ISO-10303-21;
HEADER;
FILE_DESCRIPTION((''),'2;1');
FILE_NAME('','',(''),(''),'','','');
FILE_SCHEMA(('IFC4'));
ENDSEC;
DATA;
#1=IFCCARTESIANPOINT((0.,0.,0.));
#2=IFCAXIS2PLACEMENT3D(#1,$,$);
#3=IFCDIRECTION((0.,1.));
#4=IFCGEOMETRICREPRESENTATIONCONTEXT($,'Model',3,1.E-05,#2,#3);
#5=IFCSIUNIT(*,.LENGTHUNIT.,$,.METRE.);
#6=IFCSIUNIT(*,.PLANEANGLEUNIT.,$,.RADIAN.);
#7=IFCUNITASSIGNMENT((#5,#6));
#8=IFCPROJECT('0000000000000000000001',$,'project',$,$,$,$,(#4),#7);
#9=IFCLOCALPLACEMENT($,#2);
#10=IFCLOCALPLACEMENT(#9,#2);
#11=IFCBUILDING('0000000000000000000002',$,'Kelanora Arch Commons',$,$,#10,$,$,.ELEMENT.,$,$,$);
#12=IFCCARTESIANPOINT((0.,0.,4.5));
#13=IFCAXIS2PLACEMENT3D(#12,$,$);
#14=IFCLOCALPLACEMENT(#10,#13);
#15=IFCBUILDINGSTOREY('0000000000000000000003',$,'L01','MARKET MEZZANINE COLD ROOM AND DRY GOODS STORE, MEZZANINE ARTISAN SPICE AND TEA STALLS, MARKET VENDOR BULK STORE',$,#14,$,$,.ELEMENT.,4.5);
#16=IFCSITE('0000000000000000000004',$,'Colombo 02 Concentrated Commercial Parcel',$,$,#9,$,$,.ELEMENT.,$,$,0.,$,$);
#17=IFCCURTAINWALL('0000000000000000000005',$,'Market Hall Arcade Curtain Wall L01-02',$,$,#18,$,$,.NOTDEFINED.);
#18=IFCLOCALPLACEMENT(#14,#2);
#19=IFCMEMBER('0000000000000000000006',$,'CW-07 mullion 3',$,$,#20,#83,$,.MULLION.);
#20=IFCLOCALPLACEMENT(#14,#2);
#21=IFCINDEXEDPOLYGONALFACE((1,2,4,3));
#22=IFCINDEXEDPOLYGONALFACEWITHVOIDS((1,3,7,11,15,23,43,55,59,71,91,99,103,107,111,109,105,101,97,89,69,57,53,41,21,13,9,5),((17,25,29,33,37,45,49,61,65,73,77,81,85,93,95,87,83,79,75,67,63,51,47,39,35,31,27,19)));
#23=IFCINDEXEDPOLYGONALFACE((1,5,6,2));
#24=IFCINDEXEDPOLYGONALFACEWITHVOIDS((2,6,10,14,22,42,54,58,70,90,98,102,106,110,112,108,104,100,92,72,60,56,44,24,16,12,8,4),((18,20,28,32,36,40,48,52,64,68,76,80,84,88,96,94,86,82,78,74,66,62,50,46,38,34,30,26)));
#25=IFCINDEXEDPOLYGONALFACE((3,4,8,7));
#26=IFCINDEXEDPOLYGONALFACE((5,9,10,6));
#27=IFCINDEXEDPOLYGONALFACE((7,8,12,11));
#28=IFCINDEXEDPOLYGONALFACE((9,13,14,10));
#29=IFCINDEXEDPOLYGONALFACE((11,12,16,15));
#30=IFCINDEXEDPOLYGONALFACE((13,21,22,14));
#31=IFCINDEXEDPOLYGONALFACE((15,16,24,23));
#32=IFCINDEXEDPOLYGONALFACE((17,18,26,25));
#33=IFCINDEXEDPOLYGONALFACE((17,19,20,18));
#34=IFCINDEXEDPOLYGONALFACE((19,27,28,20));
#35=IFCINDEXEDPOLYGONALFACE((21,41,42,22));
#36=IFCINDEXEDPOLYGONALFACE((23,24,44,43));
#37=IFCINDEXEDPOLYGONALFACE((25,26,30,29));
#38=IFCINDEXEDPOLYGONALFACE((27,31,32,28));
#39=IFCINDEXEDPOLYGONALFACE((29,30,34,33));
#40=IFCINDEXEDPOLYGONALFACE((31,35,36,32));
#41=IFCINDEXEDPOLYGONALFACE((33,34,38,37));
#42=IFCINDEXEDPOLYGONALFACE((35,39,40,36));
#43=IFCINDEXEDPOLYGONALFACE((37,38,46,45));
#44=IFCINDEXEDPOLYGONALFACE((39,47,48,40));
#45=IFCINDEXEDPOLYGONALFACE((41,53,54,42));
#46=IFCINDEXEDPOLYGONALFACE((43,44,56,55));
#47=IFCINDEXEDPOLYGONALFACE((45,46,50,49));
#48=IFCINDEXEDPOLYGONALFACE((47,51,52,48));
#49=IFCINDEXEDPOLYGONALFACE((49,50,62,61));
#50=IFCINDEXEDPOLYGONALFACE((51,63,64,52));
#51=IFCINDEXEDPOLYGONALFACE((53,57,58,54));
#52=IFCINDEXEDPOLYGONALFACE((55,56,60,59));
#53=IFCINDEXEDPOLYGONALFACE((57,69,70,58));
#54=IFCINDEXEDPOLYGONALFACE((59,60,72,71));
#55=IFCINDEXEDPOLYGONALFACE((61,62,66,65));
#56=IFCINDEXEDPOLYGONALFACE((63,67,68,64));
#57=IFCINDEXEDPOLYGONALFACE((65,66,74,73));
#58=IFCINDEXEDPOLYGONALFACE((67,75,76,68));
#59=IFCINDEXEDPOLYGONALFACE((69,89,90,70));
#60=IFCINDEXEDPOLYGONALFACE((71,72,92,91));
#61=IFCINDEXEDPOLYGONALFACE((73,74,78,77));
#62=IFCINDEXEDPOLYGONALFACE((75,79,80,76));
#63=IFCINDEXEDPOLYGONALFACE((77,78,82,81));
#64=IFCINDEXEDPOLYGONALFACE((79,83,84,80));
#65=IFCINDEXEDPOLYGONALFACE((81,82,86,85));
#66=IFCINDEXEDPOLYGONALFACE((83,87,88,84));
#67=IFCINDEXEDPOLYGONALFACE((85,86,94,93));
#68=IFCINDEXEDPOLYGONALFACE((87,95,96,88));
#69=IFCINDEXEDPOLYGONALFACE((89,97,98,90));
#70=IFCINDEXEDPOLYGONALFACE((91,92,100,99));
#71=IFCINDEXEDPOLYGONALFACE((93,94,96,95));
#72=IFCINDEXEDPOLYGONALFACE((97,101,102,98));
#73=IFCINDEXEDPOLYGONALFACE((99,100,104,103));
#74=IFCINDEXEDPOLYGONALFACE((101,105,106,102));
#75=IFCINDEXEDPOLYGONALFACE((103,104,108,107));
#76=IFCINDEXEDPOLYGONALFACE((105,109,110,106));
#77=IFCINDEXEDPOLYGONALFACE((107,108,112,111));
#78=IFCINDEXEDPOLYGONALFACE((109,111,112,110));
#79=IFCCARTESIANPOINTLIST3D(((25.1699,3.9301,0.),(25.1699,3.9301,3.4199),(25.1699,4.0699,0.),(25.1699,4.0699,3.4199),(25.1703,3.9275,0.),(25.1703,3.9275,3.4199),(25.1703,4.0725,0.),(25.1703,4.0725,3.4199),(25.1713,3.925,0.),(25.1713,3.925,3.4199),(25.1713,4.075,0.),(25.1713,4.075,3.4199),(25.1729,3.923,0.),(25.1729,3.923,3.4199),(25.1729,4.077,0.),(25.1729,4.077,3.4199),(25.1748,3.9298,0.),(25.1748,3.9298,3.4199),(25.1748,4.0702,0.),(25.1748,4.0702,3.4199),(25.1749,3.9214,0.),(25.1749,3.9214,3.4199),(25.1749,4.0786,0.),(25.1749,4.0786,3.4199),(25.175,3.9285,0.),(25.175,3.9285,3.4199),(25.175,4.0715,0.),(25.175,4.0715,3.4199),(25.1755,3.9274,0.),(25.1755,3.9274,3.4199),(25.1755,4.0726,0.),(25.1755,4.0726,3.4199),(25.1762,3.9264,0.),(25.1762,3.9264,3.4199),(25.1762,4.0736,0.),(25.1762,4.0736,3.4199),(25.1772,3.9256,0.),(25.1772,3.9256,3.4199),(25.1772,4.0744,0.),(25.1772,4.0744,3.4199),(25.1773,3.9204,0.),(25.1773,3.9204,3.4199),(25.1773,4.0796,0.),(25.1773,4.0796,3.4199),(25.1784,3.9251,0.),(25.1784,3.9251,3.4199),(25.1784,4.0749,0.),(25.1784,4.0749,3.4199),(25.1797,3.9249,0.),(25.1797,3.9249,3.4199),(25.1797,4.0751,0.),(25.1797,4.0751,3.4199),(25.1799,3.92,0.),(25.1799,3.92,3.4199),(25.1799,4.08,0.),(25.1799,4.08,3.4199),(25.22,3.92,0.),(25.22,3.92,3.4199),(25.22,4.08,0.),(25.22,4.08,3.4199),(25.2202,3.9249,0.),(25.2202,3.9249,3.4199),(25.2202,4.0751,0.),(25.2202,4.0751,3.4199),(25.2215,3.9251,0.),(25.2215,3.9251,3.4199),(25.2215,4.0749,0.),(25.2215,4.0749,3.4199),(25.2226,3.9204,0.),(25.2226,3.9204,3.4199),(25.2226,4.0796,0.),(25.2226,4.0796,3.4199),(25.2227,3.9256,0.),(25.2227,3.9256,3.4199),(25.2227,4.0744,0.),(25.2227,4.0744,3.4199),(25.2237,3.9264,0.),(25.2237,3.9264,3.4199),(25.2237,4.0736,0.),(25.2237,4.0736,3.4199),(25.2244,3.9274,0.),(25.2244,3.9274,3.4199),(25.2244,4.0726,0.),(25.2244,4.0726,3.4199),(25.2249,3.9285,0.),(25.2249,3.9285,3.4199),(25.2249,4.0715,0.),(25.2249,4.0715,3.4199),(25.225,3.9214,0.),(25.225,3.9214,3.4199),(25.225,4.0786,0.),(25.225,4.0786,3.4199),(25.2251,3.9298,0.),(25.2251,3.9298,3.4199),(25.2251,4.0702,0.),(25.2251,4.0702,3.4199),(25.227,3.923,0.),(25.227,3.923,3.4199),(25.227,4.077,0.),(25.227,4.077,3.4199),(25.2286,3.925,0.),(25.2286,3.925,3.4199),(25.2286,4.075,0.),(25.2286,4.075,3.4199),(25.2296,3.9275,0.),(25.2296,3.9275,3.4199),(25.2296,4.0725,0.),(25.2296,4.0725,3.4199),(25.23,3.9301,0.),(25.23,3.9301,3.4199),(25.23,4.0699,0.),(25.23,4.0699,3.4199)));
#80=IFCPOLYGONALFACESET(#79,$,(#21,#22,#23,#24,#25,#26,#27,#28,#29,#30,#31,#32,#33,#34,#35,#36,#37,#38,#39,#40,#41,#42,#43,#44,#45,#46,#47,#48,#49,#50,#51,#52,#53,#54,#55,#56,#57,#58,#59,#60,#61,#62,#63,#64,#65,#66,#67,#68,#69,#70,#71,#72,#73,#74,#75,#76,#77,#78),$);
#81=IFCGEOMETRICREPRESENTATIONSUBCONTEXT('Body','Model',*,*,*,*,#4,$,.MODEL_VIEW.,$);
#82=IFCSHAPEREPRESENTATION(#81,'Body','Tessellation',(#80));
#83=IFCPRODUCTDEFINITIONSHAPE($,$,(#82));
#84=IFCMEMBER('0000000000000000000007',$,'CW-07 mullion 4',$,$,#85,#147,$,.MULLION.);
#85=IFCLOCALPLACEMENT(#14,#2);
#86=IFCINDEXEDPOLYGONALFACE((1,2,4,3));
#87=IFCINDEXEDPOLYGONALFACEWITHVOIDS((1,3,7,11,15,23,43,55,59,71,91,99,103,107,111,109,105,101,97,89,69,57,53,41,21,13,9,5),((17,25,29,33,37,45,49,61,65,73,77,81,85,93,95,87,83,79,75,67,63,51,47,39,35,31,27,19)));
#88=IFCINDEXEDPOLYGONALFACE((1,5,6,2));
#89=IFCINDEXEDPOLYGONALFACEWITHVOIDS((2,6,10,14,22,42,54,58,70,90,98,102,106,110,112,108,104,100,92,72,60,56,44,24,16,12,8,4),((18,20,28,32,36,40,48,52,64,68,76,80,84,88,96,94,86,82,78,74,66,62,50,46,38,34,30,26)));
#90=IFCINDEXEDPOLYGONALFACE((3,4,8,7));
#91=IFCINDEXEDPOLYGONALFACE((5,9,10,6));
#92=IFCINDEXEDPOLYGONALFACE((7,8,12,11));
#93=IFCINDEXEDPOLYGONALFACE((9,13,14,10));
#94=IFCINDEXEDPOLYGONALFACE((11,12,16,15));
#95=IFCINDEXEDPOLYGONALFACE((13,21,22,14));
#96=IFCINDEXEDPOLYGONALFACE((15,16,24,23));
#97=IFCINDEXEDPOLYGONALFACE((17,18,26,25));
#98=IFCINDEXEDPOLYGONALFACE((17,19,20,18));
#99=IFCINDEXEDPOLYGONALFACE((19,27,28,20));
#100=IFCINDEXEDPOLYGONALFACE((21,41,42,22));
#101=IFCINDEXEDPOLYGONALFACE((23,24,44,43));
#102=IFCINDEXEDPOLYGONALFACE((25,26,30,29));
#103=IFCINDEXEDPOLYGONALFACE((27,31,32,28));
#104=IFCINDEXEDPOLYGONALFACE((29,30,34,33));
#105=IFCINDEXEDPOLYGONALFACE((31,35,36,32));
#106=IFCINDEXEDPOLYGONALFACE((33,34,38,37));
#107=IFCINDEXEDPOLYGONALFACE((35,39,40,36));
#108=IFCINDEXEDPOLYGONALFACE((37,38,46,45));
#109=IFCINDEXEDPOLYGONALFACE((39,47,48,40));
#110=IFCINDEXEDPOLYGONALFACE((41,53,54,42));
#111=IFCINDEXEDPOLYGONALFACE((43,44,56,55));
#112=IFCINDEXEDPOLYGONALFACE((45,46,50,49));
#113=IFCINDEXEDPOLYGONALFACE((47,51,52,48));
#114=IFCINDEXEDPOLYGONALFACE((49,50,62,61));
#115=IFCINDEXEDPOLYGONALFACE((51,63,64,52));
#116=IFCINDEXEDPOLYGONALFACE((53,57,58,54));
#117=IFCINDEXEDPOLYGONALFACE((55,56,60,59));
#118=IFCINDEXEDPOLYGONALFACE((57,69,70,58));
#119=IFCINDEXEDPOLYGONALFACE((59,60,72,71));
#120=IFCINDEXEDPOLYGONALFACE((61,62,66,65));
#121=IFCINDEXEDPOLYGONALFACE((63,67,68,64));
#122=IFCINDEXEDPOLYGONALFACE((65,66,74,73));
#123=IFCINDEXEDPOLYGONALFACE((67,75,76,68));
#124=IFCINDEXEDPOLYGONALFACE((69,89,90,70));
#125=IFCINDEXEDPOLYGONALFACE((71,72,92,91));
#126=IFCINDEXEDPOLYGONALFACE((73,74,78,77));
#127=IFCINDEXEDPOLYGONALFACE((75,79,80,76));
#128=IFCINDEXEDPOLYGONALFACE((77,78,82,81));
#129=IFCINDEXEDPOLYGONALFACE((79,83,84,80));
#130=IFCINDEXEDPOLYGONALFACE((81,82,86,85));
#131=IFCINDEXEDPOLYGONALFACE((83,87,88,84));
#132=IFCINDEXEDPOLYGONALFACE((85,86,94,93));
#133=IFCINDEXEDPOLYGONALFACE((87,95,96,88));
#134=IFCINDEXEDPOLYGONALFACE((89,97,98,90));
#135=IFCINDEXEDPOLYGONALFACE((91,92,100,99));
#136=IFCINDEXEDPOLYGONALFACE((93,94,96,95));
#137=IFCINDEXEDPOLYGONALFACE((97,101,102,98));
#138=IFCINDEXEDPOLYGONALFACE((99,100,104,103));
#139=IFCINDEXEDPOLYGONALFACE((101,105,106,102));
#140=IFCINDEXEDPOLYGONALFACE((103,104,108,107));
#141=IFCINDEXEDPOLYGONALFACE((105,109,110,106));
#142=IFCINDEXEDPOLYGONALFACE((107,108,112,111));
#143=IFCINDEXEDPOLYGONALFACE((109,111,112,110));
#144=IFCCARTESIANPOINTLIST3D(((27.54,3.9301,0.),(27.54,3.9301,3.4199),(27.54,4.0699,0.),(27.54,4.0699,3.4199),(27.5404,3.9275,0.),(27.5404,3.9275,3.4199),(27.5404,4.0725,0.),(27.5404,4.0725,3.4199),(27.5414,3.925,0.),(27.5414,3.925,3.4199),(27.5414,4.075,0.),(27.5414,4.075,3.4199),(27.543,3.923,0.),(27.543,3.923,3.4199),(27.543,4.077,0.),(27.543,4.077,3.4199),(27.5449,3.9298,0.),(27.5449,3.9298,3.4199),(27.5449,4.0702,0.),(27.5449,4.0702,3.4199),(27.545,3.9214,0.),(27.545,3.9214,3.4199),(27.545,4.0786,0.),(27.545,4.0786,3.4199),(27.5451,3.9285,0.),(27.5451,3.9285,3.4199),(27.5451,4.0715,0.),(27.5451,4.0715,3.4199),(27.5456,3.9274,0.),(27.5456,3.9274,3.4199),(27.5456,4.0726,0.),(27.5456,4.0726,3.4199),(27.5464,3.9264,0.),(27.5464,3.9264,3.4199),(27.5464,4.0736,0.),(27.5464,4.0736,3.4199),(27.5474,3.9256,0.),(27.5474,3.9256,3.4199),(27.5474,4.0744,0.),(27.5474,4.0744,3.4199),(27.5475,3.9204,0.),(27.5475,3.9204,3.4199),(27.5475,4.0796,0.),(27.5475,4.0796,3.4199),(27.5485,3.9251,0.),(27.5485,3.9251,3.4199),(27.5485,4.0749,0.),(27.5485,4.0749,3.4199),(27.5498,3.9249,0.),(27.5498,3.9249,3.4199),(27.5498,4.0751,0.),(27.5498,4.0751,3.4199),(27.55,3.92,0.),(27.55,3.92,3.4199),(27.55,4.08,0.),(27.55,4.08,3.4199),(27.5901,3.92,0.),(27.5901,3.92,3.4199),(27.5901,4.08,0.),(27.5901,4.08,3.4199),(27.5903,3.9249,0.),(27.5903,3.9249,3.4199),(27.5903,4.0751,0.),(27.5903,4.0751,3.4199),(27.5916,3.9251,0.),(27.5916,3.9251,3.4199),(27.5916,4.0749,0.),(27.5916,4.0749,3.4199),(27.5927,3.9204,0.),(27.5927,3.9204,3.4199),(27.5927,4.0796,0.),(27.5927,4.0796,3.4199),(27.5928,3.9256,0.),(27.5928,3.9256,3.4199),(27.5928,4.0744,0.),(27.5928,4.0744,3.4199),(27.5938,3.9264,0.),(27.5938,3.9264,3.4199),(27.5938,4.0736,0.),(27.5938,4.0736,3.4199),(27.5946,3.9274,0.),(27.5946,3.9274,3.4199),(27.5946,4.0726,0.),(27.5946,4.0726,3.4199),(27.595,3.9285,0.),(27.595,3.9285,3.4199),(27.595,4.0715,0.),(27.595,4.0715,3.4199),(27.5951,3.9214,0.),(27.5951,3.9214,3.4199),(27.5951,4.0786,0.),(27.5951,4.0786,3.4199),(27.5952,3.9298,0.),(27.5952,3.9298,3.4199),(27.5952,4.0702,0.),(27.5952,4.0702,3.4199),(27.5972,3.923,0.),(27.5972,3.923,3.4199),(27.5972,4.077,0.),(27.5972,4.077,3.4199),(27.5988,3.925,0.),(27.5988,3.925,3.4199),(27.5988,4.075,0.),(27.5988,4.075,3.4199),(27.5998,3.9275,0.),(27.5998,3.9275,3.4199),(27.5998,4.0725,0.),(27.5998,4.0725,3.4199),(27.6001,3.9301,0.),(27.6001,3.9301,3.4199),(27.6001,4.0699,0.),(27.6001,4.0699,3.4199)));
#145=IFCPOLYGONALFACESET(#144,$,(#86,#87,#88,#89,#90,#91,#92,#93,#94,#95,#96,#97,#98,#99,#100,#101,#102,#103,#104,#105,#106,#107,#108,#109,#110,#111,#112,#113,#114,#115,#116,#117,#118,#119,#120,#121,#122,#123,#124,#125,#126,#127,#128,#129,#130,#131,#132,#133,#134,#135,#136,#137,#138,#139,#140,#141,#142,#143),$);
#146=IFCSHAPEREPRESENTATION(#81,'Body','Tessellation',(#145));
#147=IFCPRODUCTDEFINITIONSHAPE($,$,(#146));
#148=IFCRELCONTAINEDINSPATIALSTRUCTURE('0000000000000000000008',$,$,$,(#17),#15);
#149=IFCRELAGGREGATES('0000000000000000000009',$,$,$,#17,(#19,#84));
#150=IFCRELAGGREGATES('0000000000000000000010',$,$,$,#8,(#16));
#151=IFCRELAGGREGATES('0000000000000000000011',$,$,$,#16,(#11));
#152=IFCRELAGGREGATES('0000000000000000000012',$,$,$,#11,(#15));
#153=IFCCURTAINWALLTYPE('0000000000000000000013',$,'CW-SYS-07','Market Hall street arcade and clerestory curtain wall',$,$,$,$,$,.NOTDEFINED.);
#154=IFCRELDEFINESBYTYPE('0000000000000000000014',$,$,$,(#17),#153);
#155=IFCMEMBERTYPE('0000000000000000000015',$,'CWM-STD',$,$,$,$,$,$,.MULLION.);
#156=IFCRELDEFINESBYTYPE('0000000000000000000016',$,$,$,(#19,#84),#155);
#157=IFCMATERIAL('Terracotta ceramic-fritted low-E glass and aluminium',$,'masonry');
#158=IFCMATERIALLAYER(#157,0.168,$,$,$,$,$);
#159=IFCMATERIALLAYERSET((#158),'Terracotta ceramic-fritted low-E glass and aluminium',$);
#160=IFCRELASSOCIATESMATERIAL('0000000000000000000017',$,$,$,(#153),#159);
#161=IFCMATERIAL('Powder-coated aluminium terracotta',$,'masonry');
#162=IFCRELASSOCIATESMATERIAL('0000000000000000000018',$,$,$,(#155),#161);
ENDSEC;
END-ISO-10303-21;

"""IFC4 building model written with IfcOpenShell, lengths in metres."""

from ifc_helpers import new_model, si_unit, direction, frame, origin, origin_2d, place, context, subcontext, project, spatial, hollow_rectangle, extrude, material, layer, layer_set, material_profile, profile_set, type_object, element, aggregate, save


model = new_model("IFC4")

# Units and contexts
model_context = context("Model", 3, precision=1e-05, world=origin(), true_north=direction((0.0, 1.0)))
body_context = subcontext(model_context, "Body", "Model", "MODEL_VIEW")
ifc_project = project(units=[si_unit("LENGTHUNIT", "METRE"), si_unit("PLANEANGLEUNIT", "RADIAN")], contexts=[model_context])

# Site, building, storey
site_placement = place(None, origin())
site = spatial("IfcSite", under=ifc_project, at=site_placement, Name="Colombo 02 Concentrated Commercial Parcel", CompositionType="ELEMENT", RefElevation=0.0)
building_placement = place(site_placement, origin())
building = spatial("IfcBuilding", under=site, at=building_placement, Name="Kelanora Arch Commons", CompositionType="ELEMENT")
storey_placement = place(building_placement, frame((0.0, 0.0, 4.5)))
storey = spatial("IfcBuildingStorey", under=building, at=storey_placement, Name="L01", Description="MARKET MEZZANINE COLD ROOM AND DRY GOODS STORE, MEZZANINE ARTISAN SPICE AND TEA STALLS, MARKET VENDOR BULK STORE", CompositionType="ELEMENT", Elevation=4.5)

# Curtain wall, members
ifc_material_1 = material(Name="Terracotta ceramic-fritted low-E glass and aluminium", Category="masonry")
ifc_layer_1 = layer(ifc_material_1, 0.168)
ifc_layer_set_1 = layer_set([ifc_layer_1], Name="Terracotta ceramic-fritted low-E glass and aluminium")
curtain_wall_type = type_object("IfcCurtainWallType", Name="CW-SYS-07", Description="Market Hall street arcade and clerestory curtain wall", PredefinedType="NOTDEFINED", material=ifc_layer_set_1)
curtain_wall_placement = place(storey_placement, origin())
curtain_wall = element("IfcCurtainWall", 1, at=curtain_wall_placement, inside=storey, type_object=curtain_wall_type, Name="Market Hall Arcade Curtain Wall L01-02", PredefinedType="NOTDEFINED")
ifc_material_2 = material(Name="Powder-coated aluminium terracotta", Category="masonry")
ifc_material_profile_1 = material_profile(ifc_material_2, hollow_rectangle(XDim=0.1599, YDim=0.0601, WallThickness=0.0049, InnerFilletRadius=0.0049, OuterFilletRadius=0.01, at=origin_2d()), Name="CWM160x60")
ifc_profile_set_1 = profile_set([ifc_material_profile_1], Name="Powder-coated aluminium terracotta")
member_type_1 = type_object("IfcMemberType", Name="CWM-STD", PredefinedType="MULLION", material=ifc_profile_set_1)
member_1_placement = place(storey_placement, frame((25.2, 4.0, 0.0), z_axis=(0.0, 0.0, 1.0), x_axis=(0.0, 1.0, 0.0)))
member_1 = element("IfcMember", 2, at=member_1_placement, type_object=member_type_1, Name="CW-07 mullion 3", PredefinedType="MULLION", context=body_context, shape_type="SweptSolid", body=[
    extrude(hollow_rectangle(XDim=0.1599, YDim=0.0601, WallThickness=0.0049, InnerFilletRadius=0.0049, OuterFilletRadius=0.01, at=origin_2d()), origin(), (0.0, 0.0, 1.0), 3.4199),
])
member_2_placement = place(storey_placement, frame((27.5701, 4.0, 0.0), z_axis=(0.0, 0.0, 1.0), x_axis=(0.0, 1.0, 0.0)))
member_2 = element("IfcMember", 3, at=member_2_placement, type_object=member_type_1, Name="CW-07 mullion 4", PredefinedType="MULLION", context=body_context, shape_type="SweptSolid", body=[
    extrude(hollow_rectangle(XDim=0.1599, YDim=0.0601, WallThickness=0.0049, InnerFilletRadius=0.0049, OuterFilletRadius=0.01, at=origin_2d()), origin(), (0.0, 0.0, 1.0), 3.4199),
])
aggregate(curtain_wall, [member_1, member_2])

save(model, "model.ifc")
